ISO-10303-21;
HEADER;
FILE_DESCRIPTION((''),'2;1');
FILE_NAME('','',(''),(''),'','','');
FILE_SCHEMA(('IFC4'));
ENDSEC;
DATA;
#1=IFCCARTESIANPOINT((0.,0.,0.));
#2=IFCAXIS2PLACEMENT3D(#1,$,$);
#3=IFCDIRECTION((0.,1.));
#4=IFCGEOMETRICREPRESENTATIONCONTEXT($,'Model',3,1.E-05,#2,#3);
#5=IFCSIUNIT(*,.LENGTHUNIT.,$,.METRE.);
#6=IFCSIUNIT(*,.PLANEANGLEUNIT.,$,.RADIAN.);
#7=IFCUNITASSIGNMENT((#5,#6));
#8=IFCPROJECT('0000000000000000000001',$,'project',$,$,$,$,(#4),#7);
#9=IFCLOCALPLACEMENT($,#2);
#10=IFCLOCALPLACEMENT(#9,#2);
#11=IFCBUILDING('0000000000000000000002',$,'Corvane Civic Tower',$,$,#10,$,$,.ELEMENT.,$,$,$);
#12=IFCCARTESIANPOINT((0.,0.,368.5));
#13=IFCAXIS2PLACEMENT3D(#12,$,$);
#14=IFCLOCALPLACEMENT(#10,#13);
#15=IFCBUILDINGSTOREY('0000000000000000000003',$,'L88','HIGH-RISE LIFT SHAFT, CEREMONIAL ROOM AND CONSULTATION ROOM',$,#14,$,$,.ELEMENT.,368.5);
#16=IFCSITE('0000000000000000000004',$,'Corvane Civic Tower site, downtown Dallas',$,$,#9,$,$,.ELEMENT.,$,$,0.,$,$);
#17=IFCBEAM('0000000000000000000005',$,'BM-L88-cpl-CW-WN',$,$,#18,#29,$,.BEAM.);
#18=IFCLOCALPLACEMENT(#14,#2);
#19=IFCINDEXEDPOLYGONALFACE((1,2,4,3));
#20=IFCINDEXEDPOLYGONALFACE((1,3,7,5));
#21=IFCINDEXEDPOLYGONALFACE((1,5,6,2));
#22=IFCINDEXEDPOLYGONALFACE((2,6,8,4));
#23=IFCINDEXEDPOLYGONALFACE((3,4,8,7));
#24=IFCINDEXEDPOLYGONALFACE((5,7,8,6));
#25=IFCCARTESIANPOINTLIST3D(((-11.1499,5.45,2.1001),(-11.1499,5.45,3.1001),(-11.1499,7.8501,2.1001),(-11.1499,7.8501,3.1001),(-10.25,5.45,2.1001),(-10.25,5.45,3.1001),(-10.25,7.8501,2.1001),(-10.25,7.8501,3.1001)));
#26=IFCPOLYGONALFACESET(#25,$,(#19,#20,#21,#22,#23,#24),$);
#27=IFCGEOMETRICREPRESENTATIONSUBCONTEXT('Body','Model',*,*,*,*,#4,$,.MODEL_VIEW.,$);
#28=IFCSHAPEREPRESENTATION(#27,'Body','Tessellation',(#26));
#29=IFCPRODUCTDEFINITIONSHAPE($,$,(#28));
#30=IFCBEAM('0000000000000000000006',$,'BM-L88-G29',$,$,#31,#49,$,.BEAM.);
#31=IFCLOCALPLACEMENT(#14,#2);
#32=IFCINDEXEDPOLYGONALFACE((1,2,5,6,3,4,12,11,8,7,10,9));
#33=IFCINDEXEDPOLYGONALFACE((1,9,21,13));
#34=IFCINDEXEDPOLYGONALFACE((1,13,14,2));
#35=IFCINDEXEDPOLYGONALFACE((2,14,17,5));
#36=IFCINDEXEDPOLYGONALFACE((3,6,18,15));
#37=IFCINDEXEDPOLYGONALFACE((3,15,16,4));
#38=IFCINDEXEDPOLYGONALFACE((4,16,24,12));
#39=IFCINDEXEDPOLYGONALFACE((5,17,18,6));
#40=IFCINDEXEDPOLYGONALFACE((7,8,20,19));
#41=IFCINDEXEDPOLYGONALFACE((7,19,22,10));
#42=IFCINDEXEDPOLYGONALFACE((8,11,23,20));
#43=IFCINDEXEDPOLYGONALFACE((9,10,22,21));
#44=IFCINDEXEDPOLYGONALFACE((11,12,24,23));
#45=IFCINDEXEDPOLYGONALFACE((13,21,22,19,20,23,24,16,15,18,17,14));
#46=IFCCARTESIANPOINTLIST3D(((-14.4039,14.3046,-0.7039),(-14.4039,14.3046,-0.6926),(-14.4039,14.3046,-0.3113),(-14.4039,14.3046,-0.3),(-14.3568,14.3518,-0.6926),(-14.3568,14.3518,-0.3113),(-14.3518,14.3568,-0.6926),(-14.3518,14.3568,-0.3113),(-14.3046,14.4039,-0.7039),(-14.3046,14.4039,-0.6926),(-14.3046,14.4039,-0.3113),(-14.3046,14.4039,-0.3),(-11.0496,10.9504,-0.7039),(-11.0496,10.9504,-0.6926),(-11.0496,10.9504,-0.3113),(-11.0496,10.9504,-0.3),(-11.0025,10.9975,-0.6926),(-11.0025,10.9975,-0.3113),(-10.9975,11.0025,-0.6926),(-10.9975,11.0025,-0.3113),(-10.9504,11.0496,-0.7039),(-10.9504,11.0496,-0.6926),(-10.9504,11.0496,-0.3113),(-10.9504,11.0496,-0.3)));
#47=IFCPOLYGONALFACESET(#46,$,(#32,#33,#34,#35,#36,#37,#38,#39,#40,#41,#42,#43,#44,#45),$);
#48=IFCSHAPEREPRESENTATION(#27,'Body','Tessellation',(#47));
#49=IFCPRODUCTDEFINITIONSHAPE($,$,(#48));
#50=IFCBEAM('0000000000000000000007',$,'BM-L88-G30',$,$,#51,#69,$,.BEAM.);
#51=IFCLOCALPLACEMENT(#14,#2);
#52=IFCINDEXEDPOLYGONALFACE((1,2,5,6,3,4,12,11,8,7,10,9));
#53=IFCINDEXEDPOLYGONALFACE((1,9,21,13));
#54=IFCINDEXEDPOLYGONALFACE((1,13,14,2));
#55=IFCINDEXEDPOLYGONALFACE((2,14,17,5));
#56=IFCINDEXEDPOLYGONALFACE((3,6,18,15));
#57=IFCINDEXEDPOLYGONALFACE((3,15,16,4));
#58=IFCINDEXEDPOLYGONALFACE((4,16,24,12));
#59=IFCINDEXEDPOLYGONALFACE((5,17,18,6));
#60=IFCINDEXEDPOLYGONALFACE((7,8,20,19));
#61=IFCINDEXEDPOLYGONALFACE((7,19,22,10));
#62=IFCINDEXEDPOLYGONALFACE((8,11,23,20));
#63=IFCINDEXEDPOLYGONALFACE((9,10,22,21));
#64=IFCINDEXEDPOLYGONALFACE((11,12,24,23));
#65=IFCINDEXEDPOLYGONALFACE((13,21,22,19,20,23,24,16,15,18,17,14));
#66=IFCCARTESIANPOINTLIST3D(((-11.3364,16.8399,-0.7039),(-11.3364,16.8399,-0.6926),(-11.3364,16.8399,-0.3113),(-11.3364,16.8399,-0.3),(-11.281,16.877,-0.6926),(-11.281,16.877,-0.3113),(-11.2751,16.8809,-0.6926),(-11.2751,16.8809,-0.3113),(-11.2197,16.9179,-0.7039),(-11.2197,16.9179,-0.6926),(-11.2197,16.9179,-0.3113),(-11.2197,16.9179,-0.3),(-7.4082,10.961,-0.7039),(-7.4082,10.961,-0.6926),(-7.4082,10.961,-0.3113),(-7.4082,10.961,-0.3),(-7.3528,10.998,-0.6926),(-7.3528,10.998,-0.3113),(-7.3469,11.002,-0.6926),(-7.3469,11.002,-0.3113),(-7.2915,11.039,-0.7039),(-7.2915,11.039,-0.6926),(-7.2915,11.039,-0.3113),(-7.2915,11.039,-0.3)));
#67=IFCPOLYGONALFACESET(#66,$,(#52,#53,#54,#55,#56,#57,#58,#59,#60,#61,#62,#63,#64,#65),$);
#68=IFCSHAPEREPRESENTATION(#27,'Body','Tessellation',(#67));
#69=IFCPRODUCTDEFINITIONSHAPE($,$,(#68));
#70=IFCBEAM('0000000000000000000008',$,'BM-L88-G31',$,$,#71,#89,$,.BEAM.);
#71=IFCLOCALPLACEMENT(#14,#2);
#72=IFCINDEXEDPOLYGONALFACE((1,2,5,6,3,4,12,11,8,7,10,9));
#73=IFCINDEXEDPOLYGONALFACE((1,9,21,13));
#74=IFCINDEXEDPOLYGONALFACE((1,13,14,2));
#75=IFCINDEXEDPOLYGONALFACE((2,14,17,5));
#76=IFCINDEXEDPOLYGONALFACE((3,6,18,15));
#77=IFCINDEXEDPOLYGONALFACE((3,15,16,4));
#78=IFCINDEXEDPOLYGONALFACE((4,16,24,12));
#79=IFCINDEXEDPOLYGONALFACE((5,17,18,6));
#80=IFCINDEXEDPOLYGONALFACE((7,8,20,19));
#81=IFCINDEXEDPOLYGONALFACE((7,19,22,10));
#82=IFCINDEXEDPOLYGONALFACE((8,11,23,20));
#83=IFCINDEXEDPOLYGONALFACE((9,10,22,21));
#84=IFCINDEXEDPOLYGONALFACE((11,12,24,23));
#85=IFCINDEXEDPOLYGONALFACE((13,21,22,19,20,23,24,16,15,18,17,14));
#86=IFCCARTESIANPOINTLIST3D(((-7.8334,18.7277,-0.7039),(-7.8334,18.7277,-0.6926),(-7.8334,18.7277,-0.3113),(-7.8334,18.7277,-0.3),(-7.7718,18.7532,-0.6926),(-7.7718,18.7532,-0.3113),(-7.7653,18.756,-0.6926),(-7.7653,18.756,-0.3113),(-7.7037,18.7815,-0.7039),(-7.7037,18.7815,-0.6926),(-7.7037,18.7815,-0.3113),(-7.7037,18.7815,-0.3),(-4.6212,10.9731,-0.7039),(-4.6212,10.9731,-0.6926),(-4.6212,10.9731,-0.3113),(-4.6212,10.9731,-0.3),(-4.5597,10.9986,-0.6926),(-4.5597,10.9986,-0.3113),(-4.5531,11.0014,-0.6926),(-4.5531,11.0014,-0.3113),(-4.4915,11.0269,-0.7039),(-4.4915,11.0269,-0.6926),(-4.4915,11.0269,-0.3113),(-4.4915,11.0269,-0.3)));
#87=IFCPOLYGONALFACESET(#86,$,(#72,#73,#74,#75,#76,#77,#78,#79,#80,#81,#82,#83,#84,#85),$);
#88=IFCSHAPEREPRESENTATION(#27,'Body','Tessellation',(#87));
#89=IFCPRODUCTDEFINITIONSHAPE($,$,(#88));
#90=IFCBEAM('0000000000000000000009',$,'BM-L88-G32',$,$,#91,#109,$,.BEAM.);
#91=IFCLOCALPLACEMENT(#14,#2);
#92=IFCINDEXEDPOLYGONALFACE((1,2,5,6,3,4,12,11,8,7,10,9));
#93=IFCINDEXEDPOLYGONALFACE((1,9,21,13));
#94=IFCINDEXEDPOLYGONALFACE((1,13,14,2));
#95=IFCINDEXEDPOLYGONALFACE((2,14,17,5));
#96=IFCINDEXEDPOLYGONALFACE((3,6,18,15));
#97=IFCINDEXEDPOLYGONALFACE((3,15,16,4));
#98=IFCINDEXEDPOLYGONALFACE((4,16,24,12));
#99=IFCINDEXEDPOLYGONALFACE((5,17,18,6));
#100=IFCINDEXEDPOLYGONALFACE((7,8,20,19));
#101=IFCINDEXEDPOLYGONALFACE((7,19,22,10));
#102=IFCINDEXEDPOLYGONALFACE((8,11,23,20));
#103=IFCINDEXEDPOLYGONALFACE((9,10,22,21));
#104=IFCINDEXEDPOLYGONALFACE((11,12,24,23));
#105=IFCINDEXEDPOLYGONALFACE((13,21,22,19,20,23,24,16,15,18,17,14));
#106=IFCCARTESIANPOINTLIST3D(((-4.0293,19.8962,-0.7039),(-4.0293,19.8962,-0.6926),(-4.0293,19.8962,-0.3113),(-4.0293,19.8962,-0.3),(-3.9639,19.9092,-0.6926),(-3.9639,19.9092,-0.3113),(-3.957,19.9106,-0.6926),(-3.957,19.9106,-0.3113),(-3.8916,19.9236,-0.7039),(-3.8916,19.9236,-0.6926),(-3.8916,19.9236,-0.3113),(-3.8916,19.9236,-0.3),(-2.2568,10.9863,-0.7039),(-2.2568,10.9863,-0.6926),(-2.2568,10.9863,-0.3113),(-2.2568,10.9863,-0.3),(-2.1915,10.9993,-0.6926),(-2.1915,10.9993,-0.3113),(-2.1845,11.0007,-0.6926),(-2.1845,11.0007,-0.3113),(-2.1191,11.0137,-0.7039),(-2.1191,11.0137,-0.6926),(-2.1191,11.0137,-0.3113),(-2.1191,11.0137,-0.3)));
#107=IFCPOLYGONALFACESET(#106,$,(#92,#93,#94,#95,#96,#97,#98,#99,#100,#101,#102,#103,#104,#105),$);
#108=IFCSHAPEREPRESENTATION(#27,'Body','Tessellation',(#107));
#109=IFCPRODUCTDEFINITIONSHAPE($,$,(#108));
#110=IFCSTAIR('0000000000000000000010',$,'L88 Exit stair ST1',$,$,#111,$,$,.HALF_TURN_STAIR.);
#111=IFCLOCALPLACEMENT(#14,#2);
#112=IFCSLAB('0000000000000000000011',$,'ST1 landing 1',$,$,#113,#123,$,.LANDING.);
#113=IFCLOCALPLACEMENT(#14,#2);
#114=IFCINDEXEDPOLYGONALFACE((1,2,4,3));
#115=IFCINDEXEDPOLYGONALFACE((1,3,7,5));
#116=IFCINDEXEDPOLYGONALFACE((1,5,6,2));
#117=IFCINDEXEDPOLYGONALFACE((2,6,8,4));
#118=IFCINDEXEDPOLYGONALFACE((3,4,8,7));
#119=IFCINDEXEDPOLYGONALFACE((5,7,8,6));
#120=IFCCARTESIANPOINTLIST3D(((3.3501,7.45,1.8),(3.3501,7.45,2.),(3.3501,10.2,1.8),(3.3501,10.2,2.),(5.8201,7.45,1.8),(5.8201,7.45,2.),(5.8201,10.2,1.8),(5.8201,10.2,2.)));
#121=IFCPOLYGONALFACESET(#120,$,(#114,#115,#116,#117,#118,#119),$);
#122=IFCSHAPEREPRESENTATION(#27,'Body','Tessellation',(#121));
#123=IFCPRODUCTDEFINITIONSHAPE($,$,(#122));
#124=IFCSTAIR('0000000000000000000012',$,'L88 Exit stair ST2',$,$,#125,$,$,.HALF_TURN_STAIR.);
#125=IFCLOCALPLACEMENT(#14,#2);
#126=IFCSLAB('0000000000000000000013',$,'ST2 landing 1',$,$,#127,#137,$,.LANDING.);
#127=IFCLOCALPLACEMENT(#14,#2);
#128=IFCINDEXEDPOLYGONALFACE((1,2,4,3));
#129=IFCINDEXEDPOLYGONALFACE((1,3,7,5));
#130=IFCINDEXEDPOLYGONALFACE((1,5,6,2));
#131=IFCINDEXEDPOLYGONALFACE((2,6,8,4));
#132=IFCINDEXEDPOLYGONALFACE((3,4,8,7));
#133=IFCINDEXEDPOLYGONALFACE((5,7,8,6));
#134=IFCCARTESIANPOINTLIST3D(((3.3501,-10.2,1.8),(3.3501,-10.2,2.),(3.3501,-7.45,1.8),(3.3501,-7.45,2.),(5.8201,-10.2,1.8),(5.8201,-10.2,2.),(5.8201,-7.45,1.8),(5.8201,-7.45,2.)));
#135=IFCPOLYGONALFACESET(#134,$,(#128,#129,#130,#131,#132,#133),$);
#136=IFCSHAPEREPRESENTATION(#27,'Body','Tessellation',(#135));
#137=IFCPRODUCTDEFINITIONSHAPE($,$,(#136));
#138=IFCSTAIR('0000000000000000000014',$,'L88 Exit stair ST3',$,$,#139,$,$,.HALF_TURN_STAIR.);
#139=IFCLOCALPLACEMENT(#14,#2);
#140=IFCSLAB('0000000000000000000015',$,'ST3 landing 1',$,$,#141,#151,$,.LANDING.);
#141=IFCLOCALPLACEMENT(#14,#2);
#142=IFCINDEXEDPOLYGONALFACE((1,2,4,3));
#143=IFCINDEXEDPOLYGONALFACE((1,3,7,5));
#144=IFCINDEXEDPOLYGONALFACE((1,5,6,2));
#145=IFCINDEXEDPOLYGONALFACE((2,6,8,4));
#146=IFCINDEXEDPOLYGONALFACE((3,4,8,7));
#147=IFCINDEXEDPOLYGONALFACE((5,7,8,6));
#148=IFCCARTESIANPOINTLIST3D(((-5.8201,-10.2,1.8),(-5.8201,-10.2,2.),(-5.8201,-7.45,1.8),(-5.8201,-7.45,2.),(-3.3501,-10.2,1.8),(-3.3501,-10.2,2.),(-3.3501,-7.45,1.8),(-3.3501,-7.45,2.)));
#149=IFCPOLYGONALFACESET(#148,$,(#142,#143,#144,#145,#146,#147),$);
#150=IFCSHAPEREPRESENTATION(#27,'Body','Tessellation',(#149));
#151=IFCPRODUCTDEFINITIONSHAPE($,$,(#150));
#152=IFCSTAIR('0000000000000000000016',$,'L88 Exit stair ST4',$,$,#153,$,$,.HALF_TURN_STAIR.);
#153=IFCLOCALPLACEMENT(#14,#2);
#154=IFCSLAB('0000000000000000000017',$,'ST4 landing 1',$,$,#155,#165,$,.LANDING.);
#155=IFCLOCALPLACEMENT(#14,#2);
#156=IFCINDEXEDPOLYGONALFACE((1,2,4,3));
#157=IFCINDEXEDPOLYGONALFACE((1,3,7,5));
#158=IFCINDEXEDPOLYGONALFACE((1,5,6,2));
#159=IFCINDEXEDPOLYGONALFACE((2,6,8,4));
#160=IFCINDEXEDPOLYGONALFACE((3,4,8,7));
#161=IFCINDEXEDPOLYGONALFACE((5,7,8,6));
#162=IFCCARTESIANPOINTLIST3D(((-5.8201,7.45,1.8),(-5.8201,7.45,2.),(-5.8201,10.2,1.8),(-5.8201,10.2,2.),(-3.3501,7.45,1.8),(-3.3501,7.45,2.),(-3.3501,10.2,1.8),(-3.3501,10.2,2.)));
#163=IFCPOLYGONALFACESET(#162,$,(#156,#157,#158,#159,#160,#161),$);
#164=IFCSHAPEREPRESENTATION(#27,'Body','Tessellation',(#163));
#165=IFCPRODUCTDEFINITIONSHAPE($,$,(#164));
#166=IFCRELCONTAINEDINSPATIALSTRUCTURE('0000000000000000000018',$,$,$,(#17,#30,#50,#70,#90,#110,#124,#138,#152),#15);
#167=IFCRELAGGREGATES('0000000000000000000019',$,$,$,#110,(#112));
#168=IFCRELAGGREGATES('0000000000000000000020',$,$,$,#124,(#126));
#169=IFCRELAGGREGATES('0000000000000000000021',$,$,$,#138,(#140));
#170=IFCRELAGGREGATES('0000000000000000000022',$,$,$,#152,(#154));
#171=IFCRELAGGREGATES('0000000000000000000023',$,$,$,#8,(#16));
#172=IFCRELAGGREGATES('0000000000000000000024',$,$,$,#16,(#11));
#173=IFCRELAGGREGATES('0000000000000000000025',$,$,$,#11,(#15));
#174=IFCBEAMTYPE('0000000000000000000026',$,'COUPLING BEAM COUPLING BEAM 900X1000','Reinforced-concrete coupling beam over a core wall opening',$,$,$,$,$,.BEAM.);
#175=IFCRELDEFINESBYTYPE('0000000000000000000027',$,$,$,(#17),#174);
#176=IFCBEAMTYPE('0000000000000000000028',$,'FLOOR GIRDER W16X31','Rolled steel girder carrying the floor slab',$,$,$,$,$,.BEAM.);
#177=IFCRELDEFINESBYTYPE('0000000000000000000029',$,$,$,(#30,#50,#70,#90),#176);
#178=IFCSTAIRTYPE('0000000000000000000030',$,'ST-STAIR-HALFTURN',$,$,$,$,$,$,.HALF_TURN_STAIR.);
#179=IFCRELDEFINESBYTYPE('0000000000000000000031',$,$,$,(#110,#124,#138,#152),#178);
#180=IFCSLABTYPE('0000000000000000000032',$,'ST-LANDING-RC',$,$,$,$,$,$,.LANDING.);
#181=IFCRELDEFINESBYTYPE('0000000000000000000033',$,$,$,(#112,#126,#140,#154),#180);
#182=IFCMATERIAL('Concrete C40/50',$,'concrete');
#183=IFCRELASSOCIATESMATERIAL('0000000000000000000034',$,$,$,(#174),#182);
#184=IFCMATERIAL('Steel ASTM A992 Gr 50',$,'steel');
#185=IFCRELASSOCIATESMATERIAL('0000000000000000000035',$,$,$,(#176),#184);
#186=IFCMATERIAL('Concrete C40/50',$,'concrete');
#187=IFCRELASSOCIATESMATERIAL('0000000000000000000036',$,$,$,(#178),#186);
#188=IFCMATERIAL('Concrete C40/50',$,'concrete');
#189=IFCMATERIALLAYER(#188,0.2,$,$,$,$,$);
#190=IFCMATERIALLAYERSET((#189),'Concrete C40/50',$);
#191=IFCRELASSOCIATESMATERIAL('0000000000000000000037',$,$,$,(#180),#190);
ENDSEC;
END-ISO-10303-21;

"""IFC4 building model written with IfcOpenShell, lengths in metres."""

from ifc_helpers import new_model, si_unit, direction, frame, origin, origin_2d, place, context, subcontext, project, spatial, polyline, rectangle, i_section, outline, extrude, material, layer, layer_set, material_profile, profile_set, type_object, element, aggregate, save


model = new_model("IFC4")

# Units and contexts
model_context = context("Model", 3, precision=1e-05, world=origin(), true_north=direction((0.0, 1.0)))
body_context = subcontext(model_context, "Body", "Model", "MODEL_VIEW")
ifc_project = project(units=[si_unit("LENGTHUNIT", "METRE"), si_unit("PLANEANGLEUNIT", "RADIAN")], contexts=[model_context])

# Site, building, storey
site_placement = place(None, origin())
site = spatial("IfcSite", under=ifc_project, at=site_placement, Name="Corvane Civic Tower site, downtown Dallas", CompositionType="ELEMENT", RefElevation=0.0)
building_placement = place(site_placement, origin())
building = spatial("IfcBuilding", under=site, at=building_placement, Name="Corvane Civic Tower", CompositionType="ELEMENT")
storey_placement = place(building_placement, frame((0.0, 0.0, 368.5)))
storey = spatial("IfcBuildingStorey", under=building, at=storey_placement, Name="L88", Description="HIGH-RISE LIFT SHAFT, CEREMONIAL ROOM AND CONSULTATION ROOM", CompositionType="ELEMENT", Elevation=368.5)

# Beams
ifc_material_1 = material(Name="Concrete C40/50", Category="concrete")
ifc_material_profile_1 = material_profile(ifc_material_1, rectangle(XDim=0.8999, YDim=1.0, at=origin_2d()), Name="COUPLING BEAM 900X1000")
ifc_profile_set_1 = profile_set([ifc_material_profile_1], Name="Concrete C40/50")
beam_type_1 = type_object("IfcBeamType", Name="COUPLING BEAM COUPLING BEAM 900X1000", Description="Reinforced-concrete coupling beam over a core wall opening", PredefinedType="BEAM", material=ifc_profile_set_1)
beam_1_placement = place(storey_placement, frame((-10.7, 5.45, 2.6001), z_axis=(0.0, 1.0, 0.0), x_axis=(-1.0, 0.0, 0.0)))
element("IfcBeam", 1, at=beam_1_placement, inside=storey, type_object=beam_type_1, Name="BM-L88-cpl-CW-WN", PredefinedType="BEAM", context=body_context, shape_type="SweptSolid", body=[
    extrude(rectangle(XDim=0.8999, YDim=1.0, at=origin_2d()), origin(), (0.0, 0.0, 1.0), 2.4001),
])
ifc_material_2 = material(Name="Steel ASTM A992 Gr 50", Category="steel")
ifc_material_profile_2 = material_profile(ifc_material_2, i_section(OverallWidth=0.1404, OverallDepth=0.4038, WebThickness=0.0071, FlangeThickness=0.0112, at=origin_2d()), Name="W16X31")
ifc_profile_set_2 = profile_set([ifc_material_profile_2], Name="Steel ASTM A992 Gr 50")
beam_type_2 = type_object("IfcBeamType", Name="FLOOR GIRDER W16X31", Description="Rolled steel girder carrying the floor slab", PredefinedType="BEAM", material=ifc_profile_set_2)
beam_2_placement = place(storey_placement, frame((-11.0, 11.0, -0.502), z_axis=(-0.707107, 0.707107, 0.0), x_axis=(-0.707107, -0.707107, 0.0)))
element("IfcBeam", 2, at=beam_2_placement, inside=storey, type_object=beam_type_2, Name="BM-L88-G29", PredefinedType="BEAM", context=body_context, shape_type="SweptSolid", body=[
    extrude(i_section(OverallWidth=0.1404, OverallDepth=0.4038, WebThickness=0.0071, FlangeThickness=0.0112, at=origin_2d()), origin(), (0.0, 0.0, 1.0), 4.7437),
])
beam_3_placement = place(storey_placement, frame((-7.3499, 11.0, -0.502), z_axis=(-0.555576, 0.831465, 0.0), x_axis=(-0.831465, -0.555576, 0.0)))
element("IfcBeam", 3, at=beam_3_placement, inside=storey, type_object=beam_type_2, Name="BM-L88-G30", PredefinedType="BEAM", context=body_context, shape_type="SweptSolid", body=[
    extrude(i_section(OverallWidth=0.1404, OverallDepth=0.4038, WebThickness=0.0071, FlangeThickness=0.0112, at=origin_2d()), origin(), (0.0, 0.0, 1.0), 7.0706),
])
beam_4_placement = place(storey_placement, frame((-4.5564, 11.0, -0.502), z_axis=(-0.382692, 0.923876, 0.0), x_axis=(-0.923876, -0.382692, 0.0)))
element("IfcBeam", 4, at=beam_4_placement, inside=storey, type_object=beam_type_2, Name="BM-L88-G31", PredefinedType="BEAM", context=body_context, shape_type="SweptSolid", body=[
    extrude(i_section(OverallWidth=0.1404, OverallDepth=0.4038, WebThickness=0.0071, FlangeThickness=0.0112, at=origin_2d()), origin(), (0.0, 0.0, 1.0), 8.3936),
])
beam_5_placement = place(storey_placement, frame((-2.188, 11.0, -0.502), z_axis=(-0.195108, 0.980782, 0.0), x_axis=(-0.980782, -0.195108, 0.0)))
element("IfcBeam", 5, at=beam_5_placement, inside=storey, type_object=beam_type_2, Name="BM-L88-G32", PredefinedType="BEAM", context=body_context, shape_type="SweptSolid", body=[
    extrude(i_section(OverallWidth=0.1404, OverallDepth=0.4038, WebThickness=0.0071, FlangeThickness=0.0112, at=origin_2d()), origin(), (0.0, 0.0, 1.0), 9.0845),
])

# Stairs, slabs
ifc_material_3 = material(Name="Concrete C40/50", Category="concrete")
stair_type = type_object("IfcStairType", Name="ST-STAIR-HALFTURN", PredefinedType="HALF_TURN_STAIR", material=ifc_material_3)
stair_1_placement = place(storey_placement, origin())
stair_1 = element("IfcStair", 6, at=stair_1_placement, inside=storey, type_object=stair_type, Name="L88 Exit stair ST1", PredefinedType="HALF_TURN_STAIR")
ifc_material_4 = material(Name="Concrete C40/50", Category="concrete")
ifc_layer_1 = layer(ifc_material_4, 0.2)
ifc_layer_set_1 = layer_set([ifc_layer_1], Name="Concrete C40/50")
slab_type = type_object("IfcSlabType", Name="ST-LANDING-RC", PredefinedType="LANDING", material=ifc_layer_set_1)
slab_1_placement = place(storey_placement, frame((0.0, 0.0, 1.8)))
slab_1 = element("IfcSlab", 7, at=slab_1_placement, type_object=slab_type, Name="ST1 landing 1", PredefinedType="LANDING", context=body_context, shape_type="SweptSolid", body=[
    extrude(outline(polyline([(5.8201, 10.2), (3.3501, 10.2), (3.3501, 7.45), (5.8201, 7.45), (5.8201, 10.2)])), origin(), (0.0, 0.0, 1.0), 0.2),
])
aggregate(stair_1, [slab_1])
stair_2_placement = place(storey_placement, origin())
stair_2 = element("IfcStair", 8, at=stair_2_placement, inside=storey, type_object=stair_type, Name="L88 Exit stair ST2", PredefinedType="HALF_TURN_STAIR")
slab_2_placement = place(storey_placement, frame((0.0, 0.0, 1.8)))
slab_2 = element("IfcSlab", 9, at=slab_2_placement, type_object=slab_type, Name="ST2 landing 1", PredefinedType="LANDING", context=body_context, shape_type="SweptSolid", body=[
    extrude(outline(polyline([(5.8201, -7.45), (3.3501, -7.45), (3.3501, -10.2), (5.8201, -10.2), (5.8201, -7.45)])), origin(), (0.0, 0.0, 1.0), 0.2),
])
aggregate(stair_2, [slab_2])
stair_3_placement = place(storey_placement, origin())
stair_3 = element("IfcStair", 10, at=stair_3_placement, inside=storey, type_object=stair_type, Name="L88 Exit stair ST3", PredefinedType="HALF_TURN_STAIR")
slab_3_placement = place(storey_placement, frame((0.0, 0.0, 1.8)))
slab_3 = element("IfcSlab", 11, at=slab_3_placement, type_object=slab_type, Name="ST3 landing 1", PredefinedType="LANDING", context=body_context, shape_type="SweptSolid", body=[
    extrude(outline(polyline([(-5.8201, -10.2), (-3.3501, -10.2), (-3.3501, -7.45), (-5.8201, -7.45), (-5.8201, -10.2)])), origin(), (0.0, 0.0, 1.0), 0.2),
])
aggregate(stair_3, [slab_3])
stair_4_placement = place(storey_placement, origin())
stair_4 = element("IfcStair", 12, at=stair_4_placement, inside=storey, type_object=stair_type, Name="L88 Exit stair ST4", PredefinedType="HALF_TURN_STAIR")
slab_4_placement = place(storey_placement, frame((0.0, 0.0, 1.8)))
slab_4 = element("IfcSlab", 13, at=slab_4_placement, type_object=slab_type, Name="ST4 landing 1", PredefinedType="LANDING", context=body_context, shape_type="SweptSolid", body=[
    extrude(outline(polyline([(-5.8201, 7.45), (-3.3501, 7.45), (-3.3501, 10.2), (-5.8201, 10.2), (-5.8201, 7.45)])), origin(), (0.0, 0.0, 1.0), 0.2),
])

aggregate(stair_4, [slab_4])

save(model, "model.ifc")
